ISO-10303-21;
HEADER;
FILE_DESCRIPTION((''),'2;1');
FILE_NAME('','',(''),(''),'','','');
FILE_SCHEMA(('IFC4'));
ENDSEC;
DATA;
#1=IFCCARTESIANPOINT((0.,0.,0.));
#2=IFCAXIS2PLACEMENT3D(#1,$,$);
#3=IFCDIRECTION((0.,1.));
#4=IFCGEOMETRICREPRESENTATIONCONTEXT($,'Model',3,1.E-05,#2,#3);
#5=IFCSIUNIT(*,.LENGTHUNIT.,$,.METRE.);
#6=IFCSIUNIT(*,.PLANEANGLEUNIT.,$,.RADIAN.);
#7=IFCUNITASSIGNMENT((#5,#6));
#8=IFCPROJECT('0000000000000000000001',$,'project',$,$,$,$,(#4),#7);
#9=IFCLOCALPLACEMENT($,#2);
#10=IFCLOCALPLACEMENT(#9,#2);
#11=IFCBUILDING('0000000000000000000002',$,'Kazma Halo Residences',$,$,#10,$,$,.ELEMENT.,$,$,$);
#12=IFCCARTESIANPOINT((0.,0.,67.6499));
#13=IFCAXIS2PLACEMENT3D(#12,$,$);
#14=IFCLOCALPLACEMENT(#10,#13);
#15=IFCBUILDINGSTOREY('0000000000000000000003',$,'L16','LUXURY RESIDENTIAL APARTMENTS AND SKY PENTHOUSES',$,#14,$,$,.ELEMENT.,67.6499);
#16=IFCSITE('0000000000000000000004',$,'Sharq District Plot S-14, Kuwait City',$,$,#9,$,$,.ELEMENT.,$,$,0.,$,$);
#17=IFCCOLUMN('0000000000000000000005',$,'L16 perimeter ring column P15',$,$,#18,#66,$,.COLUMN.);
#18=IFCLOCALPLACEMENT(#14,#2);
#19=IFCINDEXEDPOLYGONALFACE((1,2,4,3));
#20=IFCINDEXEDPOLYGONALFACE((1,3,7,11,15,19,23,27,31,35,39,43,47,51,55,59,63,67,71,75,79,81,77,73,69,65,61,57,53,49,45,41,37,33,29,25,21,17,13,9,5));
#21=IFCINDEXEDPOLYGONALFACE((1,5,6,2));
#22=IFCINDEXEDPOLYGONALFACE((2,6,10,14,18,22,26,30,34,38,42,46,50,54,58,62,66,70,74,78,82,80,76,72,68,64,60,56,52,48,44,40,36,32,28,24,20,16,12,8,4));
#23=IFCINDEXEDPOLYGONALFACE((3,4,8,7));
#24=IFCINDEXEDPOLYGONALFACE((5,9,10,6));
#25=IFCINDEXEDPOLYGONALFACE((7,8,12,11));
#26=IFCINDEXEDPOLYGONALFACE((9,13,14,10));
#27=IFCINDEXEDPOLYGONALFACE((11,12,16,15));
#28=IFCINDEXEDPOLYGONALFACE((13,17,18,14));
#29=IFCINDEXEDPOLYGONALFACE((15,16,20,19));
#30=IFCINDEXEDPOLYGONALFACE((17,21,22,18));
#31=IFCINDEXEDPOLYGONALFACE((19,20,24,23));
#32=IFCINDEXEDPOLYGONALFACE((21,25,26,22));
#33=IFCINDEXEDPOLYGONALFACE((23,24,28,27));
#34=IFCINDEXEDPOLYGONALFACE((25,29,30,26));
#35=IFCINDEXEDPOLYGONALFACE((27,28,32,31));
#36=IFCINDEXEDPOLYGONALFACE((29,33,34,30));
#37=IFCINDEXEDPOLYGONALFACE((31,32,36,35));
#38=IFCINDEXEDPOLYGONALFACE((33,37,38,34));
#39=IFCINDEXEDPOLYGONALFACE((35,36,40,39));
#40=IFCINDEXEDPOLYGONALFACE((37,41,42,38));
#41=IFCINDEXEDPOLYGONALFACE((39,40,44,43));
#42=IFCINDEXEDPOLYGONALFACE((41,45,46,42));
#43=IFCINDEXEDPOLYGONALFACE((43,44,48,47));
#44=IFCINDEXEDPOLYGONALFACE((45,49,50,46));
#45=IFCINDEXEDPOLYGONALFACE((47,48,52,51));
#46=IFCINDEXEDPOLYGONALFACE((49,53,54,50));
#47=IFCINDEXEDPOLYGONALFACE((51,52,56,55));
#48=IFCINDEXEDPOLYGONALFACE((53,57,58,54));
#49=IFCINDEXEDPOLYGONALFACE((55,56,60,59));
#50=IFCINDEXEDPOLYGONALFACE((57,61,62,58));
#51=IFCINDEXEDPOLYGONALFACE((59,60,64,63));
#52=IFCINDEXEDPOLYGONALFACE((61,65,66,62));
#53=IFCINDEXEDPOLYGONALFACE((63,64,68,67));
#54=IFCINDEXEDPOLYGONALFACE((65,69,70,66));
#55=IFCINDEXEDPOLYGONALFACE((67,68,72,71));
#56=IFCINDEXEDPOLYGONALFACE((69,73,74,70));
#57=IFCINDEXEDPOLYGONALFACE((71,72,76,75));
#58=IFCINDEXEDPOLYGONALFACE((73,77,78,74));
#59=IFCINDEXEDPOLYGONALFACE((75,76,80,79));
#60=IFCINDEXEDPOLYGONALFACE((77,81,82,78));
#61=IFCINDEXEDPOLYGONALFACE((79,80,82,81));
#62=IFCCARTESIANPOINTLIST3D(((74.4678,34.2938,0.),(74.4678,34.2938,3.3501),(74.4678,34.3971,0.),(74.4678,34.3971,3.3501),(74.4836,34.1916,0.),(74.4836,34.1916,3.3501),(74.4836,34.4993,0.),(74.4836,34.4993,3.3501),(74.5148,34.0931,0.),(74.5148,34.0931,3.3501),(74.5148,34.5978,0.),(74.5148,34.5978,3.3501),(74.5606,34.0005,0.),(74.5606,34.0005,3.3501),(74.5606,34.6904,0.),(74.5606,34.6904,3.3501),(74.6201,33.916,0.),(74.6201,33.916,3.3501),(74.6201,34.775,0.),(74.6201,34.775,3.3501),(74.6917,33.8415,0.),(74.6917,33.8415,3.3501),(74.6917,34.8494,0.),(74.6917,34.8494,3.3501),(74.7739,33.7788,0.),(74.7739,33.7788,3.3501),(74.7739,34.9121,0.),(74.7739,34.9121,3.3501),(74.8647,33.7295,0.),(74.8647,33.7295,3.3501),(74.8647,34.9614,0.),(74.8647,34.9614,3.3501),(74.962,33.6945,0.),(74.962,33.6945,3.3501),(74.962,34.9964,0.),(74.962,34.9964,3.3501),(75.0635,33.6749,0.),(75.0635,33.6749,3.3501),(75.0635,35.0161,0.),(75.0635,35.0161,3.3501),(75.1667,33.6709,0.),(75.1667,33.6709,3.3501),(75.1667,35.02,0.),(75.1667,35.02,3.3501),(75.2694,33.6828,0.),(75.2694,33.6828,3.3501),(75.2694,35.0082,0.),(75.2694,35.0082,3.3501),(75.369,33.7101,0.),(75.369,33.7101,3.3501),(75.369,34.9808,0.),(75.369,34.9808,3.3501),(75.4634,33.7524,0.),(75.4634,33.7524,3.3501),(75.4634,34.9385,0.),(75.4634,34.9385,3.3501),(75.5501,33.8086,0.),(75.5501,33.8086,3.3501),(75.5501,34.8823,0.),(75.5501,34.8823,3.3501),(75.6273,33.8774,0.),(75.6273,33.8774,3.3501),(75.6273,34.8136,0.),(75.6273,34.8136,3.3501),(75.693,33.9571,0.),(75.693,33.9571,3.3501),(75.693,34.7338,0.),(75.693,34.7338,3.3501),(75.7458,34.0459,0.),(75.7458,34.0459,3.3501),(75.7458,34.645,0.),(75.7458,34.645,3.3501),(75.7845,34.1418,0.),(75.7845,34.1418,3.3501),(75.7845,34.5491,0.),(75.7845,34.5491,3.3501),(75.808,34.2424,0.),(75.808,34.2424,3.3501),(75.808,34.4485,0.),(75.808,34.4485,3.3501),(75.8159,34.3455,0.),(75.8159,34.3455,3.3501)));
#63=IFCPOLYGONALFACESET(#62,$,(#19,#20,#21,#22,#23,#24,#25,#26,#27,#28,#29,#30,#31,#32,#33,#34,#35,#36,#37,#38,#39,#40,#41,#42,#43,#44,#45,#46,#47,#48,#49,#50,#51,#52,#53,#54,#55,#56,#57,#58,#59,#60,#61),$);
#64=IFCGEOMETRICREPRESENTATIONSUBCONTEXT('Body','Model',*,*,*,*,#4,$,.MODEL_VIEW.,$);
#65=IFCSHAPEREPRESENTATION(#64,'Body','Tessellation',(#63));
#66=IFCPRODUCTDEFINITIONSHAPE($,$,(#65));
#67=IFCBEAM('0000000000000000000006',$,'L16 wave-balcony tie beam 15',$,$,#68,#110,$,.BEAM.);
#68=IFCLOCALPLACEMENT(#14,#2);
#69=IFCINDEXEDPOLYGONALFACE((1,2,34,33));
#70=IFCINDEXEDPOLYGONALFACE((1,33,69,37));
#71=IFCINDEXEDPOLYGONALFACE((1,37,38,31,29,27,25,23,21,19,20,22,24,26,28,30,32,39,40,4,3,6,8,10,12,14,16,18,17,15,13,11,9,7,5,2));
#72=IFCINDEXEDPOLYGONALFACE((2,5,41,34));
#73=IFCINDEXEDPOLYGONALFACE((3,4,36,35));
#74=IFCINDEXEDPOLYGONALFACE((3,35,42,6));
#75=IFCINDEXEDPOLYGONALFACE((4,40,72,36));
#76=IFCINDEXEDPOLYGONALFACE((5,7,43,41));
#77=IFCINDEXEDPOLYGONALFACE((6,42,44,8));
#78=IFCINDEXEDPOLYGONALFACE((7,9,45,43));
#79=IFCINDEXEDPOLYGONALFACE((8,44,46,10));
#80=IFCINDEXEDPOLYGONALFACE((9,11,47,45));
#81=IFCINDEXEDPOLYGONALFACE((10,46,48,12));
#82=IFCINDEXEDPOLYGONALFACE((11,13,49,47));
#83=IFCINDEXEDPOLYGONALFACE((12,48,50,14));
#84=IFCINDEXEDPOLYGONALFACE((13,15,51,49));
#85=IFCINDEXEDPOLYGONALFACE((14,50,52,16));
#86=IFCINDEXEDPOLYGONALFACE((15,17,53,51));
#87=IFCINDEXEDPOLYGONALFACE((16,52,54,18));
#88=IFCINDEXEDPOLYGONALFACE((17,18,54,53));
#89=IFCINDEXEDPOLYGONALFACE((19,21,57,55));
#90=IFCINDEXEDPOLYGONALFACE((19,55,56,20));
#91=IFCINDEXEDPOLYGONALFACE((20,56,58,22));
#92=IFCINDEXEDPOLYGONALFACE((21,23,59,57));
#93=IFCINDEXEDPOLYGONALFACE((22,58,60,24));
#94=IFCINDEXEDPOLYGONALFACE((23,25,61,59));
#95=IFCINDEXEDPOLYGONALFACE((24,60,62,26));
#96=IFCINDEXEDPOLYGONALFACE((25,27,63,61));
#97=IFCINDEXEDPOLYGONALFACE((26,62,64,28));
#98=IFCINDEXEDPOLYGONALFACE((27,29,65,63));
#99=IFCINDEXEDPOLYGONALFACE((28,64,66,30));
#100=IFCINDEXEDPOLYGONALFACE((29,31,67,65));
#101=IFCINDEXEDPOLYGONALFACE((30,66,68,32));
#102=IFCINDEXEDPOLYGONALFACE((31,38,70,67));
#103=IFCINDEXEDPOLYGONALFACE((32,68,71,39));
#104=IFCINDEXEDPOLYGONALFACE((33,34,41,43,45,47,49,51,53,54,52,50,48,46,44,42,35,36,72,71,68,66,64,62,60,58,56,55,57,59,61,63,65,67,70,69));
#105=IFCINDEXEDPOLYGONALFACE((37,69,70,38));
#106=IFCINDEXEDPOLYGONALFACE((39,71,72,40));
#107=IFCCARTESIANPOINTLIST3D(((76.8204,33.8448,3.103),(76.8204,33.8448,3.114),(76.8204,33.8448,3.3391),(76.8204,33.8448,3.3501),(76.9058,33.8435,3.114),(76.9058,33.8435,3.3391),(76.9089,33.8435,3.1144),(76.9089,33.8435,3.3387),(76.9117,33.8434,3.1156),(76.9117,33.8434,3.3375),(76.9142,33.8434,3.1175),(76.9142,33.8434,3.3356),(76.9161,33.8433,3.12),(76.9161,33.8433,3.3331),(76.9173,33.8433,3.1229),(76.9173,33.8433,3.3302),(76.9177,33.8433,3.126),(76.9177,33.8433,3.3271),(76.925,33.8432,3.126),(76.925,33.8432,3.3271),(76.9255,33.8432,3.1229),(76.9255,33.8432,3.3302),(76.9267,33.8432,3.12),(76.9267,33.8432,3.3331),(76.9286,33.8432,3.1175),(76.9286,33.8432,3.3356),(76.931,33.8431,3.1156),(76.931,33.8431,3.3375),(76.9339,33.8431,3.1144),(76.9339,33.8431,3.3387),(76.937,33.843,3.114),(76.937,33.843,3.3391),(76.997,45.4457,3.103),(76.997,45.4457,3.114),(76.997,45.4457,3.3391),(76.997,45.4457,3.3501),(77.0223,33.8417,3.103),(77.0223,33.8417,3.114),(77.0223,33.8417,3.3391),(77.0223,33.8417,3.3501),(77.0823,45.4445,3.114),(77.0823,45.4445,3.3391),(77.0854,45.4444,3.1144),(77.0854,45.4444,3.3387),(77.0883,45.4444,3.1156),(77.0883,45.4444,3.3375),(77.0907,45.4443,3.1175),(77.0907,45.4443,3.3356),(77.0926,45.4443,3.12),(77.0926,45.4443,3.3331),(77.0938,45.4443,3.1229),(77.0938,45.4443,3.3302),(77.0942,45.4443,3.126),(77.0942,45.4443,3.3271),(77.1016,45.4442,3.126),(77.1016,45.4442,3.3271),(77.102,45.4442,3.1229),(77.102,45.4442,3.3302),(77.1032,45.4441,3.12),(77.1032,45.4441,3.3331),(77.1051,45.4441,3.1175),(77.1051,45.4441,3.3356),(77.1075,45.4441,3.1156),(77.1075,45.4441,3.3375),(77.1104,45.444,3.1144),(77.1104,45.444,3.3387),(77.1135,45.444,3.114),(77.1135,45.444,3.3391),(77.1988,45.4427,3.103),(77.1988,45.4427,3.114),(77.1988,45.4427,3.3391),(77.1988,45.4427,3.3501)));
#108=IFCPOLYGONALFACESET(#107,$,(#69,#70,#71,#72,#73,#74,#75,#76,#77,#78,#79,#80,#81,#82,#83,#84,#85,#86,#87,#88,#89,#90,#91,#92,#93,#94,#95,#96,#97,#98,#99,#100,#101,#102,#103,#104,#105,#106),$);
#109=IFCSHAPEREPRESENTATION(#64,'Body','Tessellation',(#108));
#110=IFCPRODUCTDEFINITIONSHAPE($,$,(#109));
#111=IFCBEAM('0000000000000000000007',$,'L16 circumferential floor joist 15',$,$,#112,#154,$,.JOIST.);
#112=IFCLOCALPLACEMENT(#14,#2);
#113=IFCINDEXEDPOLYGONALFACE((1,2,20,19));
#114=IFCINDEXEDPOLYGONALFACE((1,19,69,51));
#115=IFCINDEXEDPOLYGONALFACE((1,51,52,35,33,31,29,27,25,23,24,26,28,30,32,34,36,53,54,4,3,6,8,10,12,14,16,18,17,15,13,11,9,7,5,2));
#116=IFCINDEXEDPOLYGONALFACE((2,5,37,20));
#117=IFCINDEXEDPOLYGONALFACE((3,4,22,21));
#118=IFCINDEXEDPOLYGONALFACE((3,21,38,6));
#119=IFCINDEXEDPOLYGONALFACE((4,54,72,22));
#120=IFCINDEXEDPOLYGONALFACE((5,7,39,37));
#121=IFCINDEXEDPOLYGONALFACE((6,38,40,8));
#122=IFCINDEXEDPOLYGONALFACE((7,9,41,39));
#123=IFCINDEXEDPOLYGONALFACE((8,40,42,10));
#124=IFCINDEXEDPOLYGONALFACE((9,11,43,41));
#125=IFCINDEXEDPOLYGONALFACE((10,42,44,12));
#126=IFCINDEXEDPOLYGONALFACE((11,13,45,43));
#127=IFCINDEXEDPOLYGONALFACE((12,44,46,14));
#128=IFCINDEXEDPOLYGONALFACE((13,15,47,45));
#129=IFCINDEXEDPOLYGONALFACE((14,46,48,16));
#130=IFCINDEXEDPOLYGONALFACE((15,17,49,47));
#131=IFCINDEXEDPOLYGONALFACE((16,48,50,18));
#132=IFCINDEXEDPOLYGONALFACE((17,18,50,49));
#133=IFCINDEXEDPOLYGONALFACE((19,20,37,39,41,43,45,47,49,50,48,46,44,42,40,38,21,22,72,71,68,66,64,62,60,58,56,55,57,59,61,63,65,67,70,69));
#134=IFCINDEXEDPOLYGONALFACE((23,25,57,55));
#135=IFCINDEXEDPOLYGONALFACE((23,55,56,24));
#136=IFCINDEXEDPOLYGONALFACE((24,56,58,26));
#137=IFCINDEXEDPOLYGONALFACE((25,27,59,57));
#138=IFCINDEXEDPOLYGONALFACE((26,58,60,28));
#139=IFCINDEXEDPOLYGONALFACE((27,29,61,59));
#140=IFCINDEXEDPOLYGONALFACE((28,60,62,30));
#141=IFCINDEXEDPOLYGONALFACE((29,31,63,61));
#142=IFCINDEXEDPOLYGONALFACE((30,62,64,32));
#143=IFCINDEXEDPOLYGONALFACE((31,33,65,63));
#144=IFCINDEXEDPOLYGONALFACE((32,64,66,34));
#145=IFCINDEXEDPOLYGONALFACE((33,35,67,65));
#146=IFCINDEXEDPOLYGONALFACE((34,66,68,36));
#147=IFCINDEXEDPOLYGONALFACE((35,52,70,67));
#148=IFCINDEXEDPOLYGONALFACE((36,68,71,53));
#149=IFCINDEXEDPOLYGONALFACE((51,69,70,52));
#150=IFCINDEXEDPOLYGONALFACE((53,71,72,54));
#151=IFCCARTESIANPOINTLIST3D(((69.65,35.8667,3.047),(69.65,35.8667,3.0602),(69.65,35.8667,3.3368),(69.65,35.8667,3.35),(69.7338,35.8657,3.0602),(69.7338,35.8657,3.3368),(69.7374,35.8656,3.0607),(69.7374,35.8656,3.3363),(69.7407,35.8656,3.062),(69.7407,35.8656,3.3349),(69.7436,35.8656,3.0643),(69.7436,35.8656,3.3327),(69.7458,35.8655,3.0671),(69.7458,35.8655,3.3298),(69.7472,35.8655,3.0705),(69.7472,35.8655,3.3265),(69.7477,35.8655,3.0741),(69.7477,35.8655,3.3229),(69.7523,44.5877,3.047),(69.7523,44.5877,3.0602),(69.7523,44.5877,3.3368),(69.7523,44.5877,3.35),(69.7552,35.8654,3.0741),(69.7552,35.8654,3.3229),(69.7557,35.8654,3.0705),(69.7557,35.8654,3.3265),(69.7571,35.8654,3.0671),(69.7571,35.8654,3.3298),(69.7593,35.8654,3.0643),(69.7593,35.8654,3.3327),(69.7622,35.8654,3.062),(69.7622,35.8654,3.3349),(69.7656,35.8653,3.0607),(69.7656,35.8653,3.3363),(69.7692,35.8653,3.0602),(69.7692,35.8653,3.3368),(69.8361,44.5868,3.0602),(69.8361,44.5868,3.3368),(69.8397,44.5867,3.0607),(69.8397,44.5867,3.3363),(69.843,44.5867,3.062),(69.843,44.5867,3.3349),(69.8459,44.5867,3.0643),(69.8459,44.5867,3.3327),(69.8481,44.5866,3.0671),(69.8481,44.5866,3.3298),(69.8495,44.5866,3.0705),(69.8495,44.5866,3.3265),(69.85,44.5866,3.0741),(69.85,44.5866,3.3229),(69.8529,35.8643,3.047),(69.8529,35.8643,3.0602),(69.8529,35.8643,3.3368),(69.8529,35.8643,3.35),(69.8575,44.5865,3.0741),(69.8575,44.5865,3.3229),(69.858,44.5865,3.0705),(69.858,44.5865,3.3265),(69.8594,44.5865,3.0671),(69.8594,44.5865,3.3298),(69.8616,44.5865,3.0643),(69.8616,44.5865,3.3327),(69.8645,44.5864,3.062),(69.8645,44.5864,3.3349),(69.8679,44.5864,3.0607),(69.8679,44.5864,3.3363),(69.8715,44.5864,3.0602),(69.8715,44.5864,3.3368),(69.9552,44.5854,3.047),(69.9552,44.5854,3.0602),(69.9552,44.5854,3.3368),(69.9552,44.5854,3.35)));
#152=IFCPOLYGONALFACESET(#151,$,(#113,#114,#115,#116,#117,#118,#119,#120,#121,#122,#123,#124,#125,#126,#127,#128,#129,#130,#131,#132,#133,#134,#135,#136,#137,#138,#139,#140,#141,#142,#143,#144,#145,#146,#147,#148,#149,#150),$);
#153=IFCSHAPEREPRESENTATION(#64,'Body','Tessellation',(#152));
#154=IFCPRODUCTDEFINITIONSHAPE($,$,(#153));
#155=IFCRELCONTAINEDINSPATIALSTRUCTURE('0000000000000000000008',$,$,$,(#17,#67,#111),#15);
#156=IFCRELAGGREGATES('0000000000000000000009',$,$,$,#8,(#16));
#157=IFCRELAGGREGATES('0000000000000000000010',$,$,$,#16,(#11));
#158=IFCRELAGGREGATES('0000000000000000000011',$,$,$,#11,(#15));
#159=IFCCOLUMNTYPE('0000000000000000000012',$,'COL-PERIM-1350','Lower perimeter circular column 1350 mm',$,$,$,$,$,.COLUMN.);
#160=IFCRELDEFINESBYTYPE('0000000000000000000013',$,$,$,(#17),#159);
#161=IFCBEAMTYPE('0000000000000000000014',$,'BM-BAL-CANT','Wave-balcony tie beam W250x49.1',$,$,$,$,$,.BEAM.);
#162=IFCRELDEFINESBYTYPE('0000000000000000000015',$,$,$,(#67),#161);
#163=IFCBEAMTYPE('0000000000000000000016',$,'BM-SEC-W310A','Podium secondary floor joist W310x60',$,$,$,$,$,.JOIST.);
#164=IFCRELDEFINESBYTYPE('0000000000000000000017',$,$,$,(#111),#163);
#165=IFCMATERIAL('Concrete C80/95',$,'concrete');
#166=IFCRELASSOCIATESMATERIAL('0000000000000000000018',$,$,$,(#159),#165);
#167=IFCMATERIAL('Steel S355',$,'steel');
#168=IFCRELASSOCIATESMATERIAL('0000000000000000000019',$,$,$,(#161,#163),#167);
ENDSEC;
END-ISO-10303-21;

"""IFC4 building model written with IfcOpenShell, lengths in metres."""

from ifc_helpers import new_model, si_unit, direction, frame, origin, origin_2d, place, context, subcontext, project, spatial, circle, i_section, extrude, material, material_profile, profile_set, type_object, element, save


model = new_model("IFC4")

# Units and contexts
model_context = context("Model", 3, precision=1e-05, world=origin(), true_north=direction((0.0, 1.0)))
body_context = subcontext(model_context, "Body", "Model", "MODEL_VIEW")
ifc_project = project(units=[si_unit("LENGTHUNIT", "METRE"), si_unit("PLANEANGLEUNIT", "RADIAN")], contexts=[model_context])

# Site, building, storey
site_placement = place(None, origin())
site = spatial("IfcSite", under=ifc_project, at=site_placement, Name="Sharq District Plot S-14, Kuwait City", CompositionType="ELEMENT", RefElevation=0.0)
building_placement = place(site_placement, origin())
building = spatial("IfcBuilding", under=site, at=building_placement, Name="Kazma Halo Residences", CompositionType="ELEMENT")
storey_placement = place(building_placement, frame((0.0, 0.0, 67.6499)))
storey = spatial("IfcBuildingStorey", under=building, at=storey_placement, Name="L16", Description="LUXURY RESIDENTIAL APARTMENTS AND SKY PENTHOUSES", CompositionType="ELEMENT", Elevation=67.6499)

# Column
ifc_material_1 = material(Name="Concrete C80/95", Category="concrete")
ifc_material_profile_1 = material_profile(ifc_material_1, circle(Radius=0.675, at=origin_2d()), Name="CIRC1350")
ifc_profile_set_1 = profile_set([ifc_material_profile_1], Name="Concrete C80/95")
column_type = type_object("IfcColumnType", Name="COL-PERIM-1350", Description="Lower perimeter circular column 1350 mm", PredefinedType="COLUMN", material=ifc_profile_set_1)
column_placement = place(storey_placement, frame((75.1409, 34.3455, 0.0), z_axis=(0.0, 0.0, 1.0), x_axis=(1.0, 0.0, 0.0)))
element("IfcColumn", 1, at=column_placement, inside=storey, type_object=column_type, Name="L16 perimeter ring column P15", PredefinedType="COLUMN", context=body_context, shape_type="SweptSolid", body=[
    extrude(circle(Radius=0.675, at=origin_2d()), origin(), (0.0, 0.0, 1.0), 3.3501),
])

# Beams
ifc_material_2 = material(Name="Steel S355", Category="steel")
ifc_material_profile_2 = material_profile(ifc_material_2, i_section(OverallWidth=0.2019, OverallDepth=0.2471, WebThickness=0.0073, FlangeThickness=0.011, FilletRadius=0.012, at=origin_2d()), Name="W250x49.1")
ifc_profile_set_2 = profile_set([ifc_material_profile_2], Name="Steel S355")
beam_type_1 = type_object("IfcBeamType", Name="BM-BAL-CANT", Description="Wave-balcony tie beam W250x49.1", PredefinedType="BEAM", material=ifc_profile_set_2)
beam_1_placement = place(storey_placement, frame((76.9214, 33.8433, 3.2266), z_axis=(0.015214, 0.999884, 0.0), x_axis=(-0.999884, 0.015214, 0.0)))
element("IfcBeam", 2, at=beam_1_placement, inside=storey, type_object=beam_type_1, Name="L16 wave-balcony tie beam 15", PredefinedType="BEAM", context=body_context, shape_type="SweptSolid", body=[
    extrude(i_section(OverallWidth=0.2019, OverallDepth=0.2471, WebThickness=0.0073, FlangeThickness=0.011, FilletRadius=0.012, at=origin_2d()), origin(), (0.0, 0.0, 1.0), 11.6023),
])
ifc_material_profile_3 = material_profile(ifc_material_2, i_section(OverallWidth=0.2029, OverallDepth=0.303, WebThickness=0.0076, FlangeThickness=0.0132, FilletRadius=0.0139, at=origin_2d()), Name="W310x60")
ifc_profile_set_3 = profile_set([ifc_material_profile_3], Name="Steel S355")
beam_type_2 = type_object("IfcBeamType", Name="BM-SEC-W310A", Description="Podium secondary floor joist W310x60", PredefinedType="JOIST", material=ifc_profile_set_3)
beam_2_placement = place(storey_placement, frame((69.7515, 35.8655, 3.1985), z_axis=(0.011729, 0.999931, 0.0), x_axis=(-0.999931, 0.011729, 0.0)))
element("IfcBeam", 3, at=beam_2_placement, inside=storey, type_object=beam_type_2, Name="L16 circumferential floor joist 15", PredefinedType="JOIST", context=body_context, shape_type="SweptSolid", body=[
    extrude(i_section(OverallWidth=0.2029, OverallDepth=0.303, WebThickness=0.0076, FlangeThickness=0.0132, FilletRadius=0.0139, at=origin_2d()), origin(), (0.0, 0.0, 1.0), 8.7217),
])

save(model, "model.ifc")
